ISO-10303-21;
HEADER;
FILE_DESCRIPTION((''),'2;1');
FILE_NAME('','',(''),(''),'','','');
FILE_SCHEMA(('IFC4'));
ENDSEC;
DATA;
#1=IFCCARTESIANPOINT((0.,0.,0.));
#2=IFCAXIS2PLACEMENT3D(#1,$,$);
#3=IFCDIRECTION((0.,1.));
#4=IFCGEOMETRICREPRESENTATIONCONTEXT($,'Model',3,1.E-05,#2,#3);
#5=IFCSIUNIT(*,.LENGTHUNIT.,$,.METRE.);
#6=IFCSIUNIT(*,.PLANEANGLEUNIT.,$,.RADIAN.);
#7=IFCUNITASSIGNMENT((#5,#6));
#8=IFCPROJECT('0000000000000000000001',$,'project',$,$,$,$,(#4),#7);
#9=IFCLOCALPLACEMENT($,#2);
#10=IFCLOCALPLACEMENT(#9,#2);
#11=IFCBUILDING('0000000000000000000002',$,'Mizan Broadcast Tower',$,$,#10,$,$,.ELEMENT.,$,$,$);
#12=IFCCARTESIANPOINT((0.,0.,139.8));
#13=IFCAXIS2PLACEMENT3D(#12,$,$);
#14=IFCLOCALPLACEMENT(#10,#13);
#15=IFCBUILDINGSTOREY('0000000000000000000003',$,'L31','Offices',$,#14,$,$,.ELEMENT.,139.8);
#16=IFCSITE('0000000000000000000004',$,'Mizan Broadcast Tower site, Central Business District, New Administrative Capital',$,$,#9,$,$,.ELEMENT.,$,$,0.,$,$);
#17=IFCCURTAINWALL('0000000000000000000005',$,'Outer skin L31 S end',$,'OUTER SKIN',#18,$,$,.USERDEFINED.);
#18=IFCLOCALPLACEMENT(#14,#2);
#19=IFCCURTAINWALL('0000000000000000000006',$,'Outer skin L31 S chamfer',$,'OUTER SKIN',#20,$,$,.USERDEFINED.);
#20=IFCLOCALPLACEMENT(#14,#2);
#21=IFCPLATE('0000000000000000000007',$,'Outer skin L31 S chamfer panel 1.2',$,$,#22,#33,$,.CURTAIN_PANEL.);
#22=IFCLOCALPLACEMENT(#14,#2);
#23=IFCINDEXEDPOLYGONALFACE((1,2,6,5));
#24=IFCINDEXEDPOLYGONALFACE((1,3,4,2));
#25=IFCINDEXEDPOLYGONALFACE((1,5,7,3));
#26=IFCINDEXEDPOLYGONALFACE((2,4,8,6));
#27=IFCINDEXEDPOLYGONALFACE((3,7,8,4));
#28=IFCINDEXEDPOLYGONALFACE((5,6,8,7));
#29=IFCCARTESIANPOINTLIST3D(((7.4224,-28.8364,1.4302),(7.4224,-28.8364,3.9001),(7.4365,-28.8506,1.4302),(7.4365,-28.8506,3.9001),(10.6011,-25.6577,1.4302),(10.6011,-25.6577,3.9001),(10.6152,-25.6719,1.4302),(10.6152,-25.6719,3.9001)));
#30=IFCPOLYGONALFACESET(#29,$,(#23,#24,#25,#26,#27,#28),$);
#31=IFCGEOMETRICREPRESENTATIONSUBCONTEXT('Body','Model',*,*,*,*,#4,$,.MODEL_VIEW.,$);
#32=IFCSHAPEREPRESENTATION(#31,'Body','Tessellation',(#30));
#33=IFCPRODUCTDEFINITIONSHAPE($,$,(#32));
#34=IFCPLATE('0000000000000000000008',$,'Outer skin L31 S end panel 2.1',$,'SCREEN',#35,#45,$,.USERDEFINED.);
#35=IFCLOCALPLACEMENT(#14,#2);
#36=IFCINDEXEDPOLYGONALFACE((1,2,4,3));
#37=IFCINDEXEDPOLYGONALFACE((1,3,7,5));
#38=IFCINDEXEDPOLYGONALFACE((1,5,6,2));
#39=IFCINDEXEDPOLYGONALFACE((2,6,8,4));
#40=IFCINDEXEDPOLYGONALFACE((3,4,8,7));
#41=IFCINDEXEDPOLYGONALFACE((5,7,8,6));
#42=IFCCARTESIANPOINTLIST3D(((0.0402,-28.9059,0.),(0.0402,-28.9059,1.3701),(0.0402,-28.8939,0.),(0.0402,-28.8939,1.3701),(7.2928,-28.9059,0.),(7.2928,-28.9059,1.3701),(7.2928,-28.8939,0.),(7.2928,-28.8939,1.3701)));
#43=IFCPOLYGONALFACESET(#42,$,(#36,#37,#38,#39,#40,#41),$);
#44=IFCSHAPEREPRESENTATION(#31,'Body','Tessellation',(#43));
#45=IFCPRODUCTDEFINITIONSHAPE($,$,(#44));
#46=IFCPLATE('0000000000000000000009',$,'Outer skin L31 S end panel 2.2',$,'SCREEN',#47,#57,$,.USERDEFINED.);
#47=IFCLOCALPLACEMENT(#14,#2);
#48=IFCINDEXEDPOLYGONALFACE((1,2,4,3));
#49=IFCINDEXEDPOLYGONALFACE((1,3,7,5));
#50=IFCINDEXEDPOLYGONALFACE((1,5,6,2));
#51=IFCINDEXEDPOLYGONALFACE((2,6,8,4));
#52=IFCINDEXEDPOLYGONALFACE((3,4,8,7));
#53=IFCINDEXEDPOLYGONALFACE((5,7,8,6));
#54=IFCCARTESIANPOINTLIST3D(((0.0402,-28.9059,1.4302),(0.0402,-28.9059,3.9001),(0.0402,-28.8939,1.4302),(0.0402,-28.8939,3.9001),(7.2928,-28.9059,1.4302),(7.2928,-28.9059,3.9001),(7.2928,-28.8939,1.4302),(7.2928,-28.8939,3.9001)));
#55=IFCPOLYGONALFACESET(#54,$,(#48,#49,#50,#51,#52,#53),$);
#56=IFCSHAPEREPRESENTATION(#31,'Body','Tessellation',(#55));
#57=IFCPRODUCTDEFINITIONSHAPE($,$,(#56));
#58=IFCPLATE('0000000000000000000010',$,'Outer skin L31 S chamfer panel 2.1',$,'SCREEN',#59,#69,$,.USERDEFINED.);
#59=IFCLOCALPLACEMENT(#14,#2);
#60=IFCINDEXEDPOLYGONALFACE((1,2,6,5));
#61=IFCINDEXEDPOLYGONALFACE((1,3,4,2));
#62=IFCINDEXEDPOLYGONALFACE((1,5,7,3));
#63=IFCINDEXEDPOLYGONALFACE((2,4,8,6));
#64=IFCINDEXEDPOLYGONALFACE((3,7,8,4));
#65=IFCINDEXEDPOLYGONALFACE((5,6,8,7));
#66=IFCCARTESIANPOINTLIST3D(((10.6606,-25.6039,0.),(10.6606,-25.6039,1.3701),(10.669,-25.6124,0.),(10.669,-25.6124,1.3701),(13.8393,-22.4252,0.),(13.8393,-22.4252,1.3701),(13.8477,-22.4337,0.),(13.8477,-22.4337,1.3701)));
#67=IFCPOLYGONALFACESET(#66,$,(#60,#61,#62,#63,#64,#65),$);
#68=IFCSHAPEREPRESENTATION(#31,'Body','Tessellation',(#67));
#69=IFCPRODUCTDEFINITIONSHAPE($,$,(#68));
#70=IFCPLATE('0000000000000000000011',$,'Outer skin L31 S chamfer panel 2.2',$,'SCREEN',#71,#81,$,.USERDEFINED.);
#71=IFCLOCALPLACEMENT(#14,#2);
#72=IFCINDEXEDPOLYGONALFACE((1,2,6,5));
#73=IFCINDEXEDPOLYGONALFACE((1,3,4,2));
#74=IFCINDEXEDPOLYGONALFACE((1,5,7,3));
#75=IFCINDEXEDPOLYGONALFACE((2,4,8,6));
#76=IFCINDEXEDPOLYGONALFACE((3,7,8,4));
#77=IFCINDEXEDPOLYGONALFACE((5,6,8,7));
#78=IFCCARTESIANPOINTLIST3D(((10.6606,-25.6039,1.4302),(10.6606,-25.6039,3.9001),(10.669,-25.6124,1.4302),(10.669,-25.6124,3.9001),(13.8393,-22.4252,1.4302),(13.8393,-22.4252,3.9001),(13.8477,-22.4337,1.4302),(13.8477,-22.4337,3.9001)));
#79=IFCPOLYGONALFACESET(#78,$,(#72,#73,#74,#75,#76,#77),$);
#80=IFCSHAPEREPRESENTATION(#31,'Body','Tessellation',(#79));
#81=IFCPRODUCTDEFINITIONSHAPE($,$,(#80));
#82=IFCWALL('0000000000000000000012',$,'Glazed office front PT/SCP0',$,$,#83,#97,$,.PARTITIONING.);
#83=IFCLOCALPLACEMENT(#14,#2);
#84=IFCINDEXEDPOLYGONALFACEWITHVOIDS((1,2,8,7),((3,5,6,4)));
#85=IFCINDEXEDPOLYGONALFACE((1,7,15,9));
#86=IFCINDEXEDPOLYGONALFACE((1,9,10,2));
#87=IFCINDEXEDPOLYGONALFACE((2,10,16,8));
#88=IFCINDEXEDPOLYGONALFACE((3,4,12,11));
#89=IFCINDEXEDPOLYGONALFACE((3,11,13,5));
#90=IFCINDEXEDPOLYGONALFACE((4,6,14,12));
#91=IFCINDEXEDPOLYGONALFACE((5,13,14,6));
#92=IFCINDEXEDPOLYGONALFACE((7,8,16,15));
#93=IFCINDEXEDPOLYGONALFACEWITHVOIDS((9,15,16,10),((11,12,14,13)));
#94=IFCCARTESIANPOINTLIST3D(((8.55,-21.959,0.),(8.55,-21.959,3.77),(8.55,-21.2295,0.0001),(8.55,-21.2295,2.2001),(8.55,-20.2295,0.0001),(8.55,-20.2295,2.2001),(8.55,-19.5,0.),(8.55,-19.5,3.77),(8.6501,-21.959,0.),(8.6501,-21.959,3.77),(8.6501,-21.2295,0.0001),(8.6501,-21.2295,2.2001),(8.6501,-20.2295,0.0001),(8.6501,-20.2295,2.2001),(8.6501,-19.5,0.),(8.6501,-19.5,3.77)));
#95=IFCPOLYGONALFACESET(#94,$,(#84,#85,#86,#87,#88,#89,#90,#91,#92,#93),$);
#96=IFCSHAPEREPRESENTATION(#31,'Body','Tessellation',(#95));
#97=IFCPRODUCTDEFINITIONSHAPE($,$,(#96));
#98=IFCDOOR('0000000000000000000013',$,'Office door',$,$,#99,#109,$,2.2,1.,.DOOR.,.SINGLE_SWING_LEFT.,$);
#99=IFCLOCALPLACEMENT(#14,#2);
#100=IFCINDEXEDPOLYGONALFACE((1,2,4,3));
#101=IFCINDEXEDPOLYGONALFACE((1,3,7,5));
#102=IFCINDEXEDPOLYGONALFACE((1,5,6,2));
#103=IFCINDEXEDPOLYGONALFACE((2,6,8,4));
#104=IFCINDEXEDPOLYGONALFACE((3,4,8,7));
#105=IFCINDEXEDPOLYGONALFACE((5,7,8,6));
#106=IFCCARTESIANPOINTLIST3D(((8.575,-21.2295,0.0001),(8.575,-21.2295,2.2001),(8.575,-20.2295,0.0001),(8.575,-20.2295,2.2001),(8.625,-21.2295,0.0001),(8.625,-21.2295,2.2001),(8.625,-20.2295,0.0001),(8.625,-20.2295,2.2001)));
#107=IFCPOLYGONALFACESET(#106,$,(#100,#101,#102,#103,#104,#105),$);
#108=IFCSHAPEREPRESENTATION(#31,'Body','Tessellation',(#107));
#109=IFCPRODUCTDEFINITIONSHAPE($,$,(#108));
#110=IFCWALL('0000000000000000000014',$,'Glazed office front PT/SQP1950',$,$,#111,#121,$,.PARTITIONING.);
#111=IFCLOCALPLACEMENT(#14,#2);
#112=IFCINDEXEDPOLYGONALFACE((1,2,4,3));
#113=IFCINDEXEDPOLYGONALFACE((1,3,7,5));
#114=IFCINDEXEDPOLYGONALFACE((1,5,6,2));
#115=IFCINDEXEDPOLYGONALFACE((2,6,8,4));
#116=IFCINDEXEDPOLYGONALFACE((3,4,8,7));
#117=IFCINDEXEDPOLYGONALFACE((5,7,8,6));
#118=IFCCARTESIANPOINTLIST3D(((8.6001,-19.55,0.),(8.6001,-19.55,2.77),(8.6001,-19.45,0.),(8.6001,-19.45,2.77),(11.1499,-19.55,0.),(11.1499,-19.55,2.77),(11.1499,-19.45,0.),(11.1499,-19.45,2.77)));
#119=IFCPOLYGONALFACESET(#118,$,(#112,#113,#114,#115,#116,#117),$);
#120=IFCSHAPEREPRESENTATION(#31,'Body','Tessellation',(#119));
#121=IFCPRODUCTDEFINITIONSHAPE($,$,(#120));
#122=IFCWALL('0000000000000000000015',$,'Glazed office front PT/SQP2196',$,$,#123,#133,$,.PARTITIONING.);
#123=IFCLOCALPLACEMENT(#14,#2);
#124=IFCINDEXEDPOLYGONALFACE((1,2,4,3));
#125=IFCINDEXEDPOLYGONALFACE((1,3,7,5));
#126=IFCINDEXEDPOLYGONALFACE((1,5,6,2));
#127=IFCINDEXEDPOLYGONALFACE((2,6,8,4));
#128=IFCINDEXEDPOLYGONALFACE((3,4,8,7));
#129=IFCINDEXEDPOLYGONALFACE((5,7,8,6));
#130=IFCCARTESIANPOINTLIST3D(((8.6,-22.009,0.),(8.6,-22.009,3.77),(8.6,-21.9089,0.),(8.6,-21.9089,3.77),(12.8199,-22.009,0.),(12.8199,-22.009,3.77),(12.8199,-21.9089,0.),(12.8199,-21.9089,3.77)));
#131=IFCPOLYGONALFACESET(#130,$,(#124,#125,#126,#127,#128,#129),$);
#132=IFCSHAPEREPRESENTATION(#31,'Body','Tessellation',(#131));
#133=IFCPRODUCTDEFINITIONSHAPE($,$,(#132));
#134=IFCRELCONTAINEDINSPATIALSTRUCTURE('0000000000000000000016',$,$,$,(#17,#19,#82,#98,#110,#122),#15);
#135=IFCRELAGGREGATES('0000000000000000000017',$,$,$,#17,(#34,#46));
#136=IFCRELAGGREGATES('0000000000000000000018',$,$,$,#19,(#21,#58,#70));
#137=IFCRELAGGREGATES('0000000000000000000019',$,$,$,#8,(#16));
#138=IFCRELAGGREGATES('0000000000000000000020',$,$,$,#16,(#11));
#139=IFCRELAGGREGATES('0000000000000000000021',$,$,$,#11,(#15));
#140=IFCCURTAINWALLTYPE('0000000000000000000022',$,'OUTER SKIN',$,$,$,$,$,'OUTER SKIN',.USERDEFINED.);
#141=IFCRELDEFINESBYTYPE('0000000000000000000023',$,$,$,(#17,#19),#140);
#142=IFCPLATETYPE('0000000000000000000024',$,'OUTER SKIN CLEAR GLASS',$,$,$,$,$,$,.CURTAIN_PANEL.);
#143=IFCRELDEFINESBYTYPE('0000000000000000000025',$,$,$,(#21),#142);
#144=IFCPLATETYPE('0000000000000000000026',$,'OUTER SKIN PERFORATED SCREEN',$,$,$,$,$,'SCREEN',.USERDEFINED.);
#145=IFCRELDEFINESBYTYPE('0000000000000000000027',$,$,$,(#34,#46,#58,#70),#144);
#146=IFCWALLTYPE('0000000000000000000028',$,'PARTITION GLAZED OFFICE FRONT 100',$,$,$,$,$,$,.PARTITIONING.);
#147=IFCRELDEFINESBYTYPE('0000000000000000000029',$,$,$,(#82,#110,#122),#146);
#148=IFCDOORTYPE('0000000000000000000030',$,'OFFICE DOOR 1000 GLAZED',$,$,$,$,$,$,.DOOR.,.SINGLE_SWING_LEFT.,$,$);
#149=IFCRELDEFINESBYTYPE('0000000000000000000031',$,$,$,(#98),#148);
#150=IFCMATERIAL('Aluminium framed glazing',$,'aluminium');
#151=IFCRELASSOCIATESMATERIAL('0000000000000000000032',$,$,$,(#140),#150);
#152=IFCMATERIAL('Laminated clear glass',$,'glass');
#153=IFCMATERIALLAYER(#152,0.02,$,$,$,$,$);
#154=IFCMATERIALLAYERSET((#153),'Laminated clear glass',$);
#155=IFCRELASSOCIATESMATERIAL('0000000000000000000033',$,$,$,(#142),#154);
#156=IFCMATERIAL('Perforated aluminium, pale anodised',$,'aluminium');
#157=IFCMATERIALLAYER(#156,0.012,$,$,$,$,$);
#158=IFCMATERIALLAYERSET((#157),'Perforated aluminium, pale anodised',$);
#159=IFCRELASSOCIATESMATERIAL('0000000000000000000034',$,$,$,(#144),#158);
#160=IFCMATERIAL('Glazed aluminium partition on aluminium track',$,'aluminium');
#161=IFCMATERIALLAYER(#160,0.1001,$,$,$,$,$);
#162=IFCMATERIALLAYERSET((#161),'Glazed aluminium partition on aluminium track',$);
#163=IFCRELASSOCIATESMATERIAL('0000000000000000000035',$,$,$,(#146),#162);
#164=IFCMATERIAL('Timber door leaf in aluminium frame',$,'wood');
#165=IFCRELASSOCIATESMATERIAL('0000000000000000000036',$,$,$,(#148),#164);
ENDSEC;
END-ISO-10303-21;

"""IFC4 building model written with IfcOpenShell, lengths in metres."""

from ifc_helpers import new_model, si_unit, direction, frame, frame_2d, origin, origin_2d, place, context, subcontext, project, spatial, rectangle, extrude, material, layer, layer_set, type_object, element, fill, aggregate, save


model = new_model("IFC4")

# Units and contexts
model_context = context("Model", 3, precision=1e-05, world=origin(), true_north=direction((0.0, 1.0)))
body_context = subcontext(model_context, "Body", "Model", "MODEL_VIEW")
ifc_project = project(units=[si_unit("LENGTHUNIT", "METRE"), si_unit("PLANEANGLEUNIT", "RADIAN")], contexts=[model_context])

# Site, building, storey
site_placement = place(None, origin())
site = spatial("IfcSite", under=ifc_project, at=site_placement, Name="Mizan Broadcast Tower site, Central Business District, New Administrative Capital", CompositionType="ELEMENT", RefElevation=0.0)
building_placement = place(site_placement, origin())
building = spatial("IfcBuilding", under=site, at=building_placement, Name="Mizan Broadcast Tower", CompositionType="ELEMENT")
storey_placement = place(building_placement, frame((0.0, 0.0, 139.8)))
storey = spatial("IfcBuildingStorey", under=building, at=storey_placement, Name="L31", Description="Offices", CompositionType="ELEMENT", Elevation=139.8)

# Curtain wall
ifc_material_1 = material(Name="Aluminium framed glazing", Category="aluminium")
curtain_wall_type_1 = type_object("IfcCurtainWallType", Name="OUTER SKIN", ElementType="OUTER SKIN", PredefinedType="USERDEFINED", material=ifc_material_1)
curtain_wall_1_placement = place(storey_placement, origin())
curtain_wall_1 = element("IfcCurtainWall", 1, at=curtain_wall_1_placement, inside=storey, type_object=curtain_wall_type_1, Name="Outer skin L31 S end", ObjectType="OUTER SKIN", PredefinedType="USERDEFINED")

# Curtain wall
curtain_wall_2_placement = place(storey_placement, origin())
curtain_wall_2 = element("IfcCurtainWall", 2, at=curtain_wall_2_placement, inside=storey, type_object=curtain_wall_type_1, Name="Outer skin L31 S chamfer", ObjectType="OUTER SKIN", PredefinedType="USERDEFINED")

# Plates
ifc_material_2 = material(Name="Laminated clear glass", Category="glass")
ifc_layer_1 = layer(ifc_material_2, 0.02)
ifc_layer_set_1 = layer_set([ifc_layer_1], Name="Laminated clear glass")
plate_type_1 = type_object("IfcPlateType", Name="OUTER SKIN CLEAR GLASS", PredefinedType="CURTAIN_PANEL", material=ifc_layer_set_1)
plate_1_placement = place(storey_placement, frame((9.0188, -27.2542, 1.4302), z_axis=(0.0, 0.0, 1.0), x_axis=(0.707107, 0.707107, 0.0)))
plate_1 = element("IfcPlate", 3, at=plate_1_placement, type_object=plate_type_1, Name="Outer skin L31 S chamfer panel 1.2", PredefinedType="CURTAIN_PANEL", context=body_context, shape_type="SweptSolid", body=[
    extrude(rectangle(XDim=4.4954, YDim=0.02, at=origin_2d()), origin(), (0.0, 0.0, 1.0), 2.47),
])
ifc_material_3 = material(Name="Perforated aluminium, pale anodised", Category="aluminium")
ifc_layer_2 = layer(ifc_material_3, 0.012)
ifc_layer_set_2 = layer_set([ifc_layer_2], Name="Perforated aluminium, pale anodised")
plate_type_2 = type_object("IfcPlateType", Name="OUTER SKIN PERFORATED SCREEN", ElementType="SCREEN", PredefinedType="USERDEFINED", material=ifc_layer_set_2)
plate_2_placement = place(storey_placement, frame((3.6665, -28.8999, 0.0), z_axis=(0.0, 0.0, 1.0), x_axis=(1.0, 0.0, 0.0)))
plate_2 = element("IfcPlate", 4, at=plate_2_placement, type_object=plate_type_2, Name="Outer skin L31 S end panel 2.1", ObjectType="SCREEN", PredefinedType="USERDEFINED", context=body_context, shape_type="SweptSolid", body=[
    extrude(rectangle(XDim=7.2527, YDim=0.012, at=origin_2d()), origin(), (0.0, 0.0, 1.0), 1.3701),
])
plate_3_placement = place(storey_placement, frame((3.6665, -28.8999, 1.4302), z_axis=(0.0, 0.0, 1.0), x_axis=(1.0, 0.0, 0.0)))
plate_3 = element("IfcPlate", 5, at=plate_3_placement, type_object=plate_type_2, Name="Outer skin L31 S end panel 2.2", ObjectType="SCREEN", PredefinedType="USERDEFINED", context=body_context, shape_type="SweptSolid", body=[
    extrude(rectangle(XDim=7.2527, YDim=0.012, at=origin_2d()), origin(), (0.0, 0.0, 1.0), 2.47),
])
aggregate(curtain_wall_1, [plate_2, plate_3])
plate_4_placement = place(storey_placement, frame((12.2542, -24.0188, 0.0), z_axis=(0.0, 0.0, 1.0), x_axis=(0.707107, 0.707107, 0.0)))
plate_4 = element("IfcPlate", 6, at=plate_4_placement, type_object=plate_type_2, Name="Outer skin L31 S chamfer panel 2.1", ObjectType="SCREEN", PredefinedType="USERDEFINED", context=body_context, shape_type="SweptSolid", body=[
    extrude(rectangle(XDim=4.4954, YDim=0.012, at=origin_2d()), origin(), (0.0, 0.0, 1.0), 1.3701),
])
plate_5_placement = place(storey_placement, frame((12.2542, -24.0188, 1.4302), z_axis=(0.0, 0.0, 1.0), x_axis=(0.707107, 0.707107, 0.0)))
plate_5 = element("IfcPlate", 7, at=plate_5_placement, type_object=plate_type_2, Name="Outer skin L31 S chamfer panel 2.2", ObjectType="SCREEN", PredefinedType="USERDEFINED", context=body_context, shape_type="SweptSolid", body=[
    extrude(rectangle(XDim=4.4954, YDim=0.012, at=origin_2d()), origin(), (0.0, 0.0, 1.0), 2.47),
])
aggregate(curtain_wall_2, [plate_1, plate_4, plate_5])

# Wall, opening, door
ifc_material_4 = material(Name="Glazed aluminium partition on aluminium track", Category="aluminium")
ifc_layer_3 = layer(ifc_material_4, 0.1001)
ifc_layer_set_3 = layer_set([ifc_layer_3], Name="Glazed aluminium partition on aluminium track")
wall_type = type_object("IfcWallType", Name="PARTITION GLAZED OFFICE FRONT 100", PredefinedType="PARTITIONING", material=ifc_layer_set_3)
wall_1_placement = place(storey_placement, frame((8.6001, -19.5, 0.0), z_axis=(0.0, 0.0, 1.0), x_axis=(0.0, -1.0, 0.0)))
wall_1 = element("IfcWall", 8, at=wall_1_placement, inside=storey, type_object=wall_type, Name="Glazed office front PT/SCP0", PredefinedType="PARTITIONING", context=body_context, shape_type="SweptSolid", body=[
    extrude(rectangle(XDim=2.459, YDim=0.1001, at=frame_2d((1.2295, 0.0))), origin(), (0.0, 0.0, 1.0), 3.77),
])
opening_placement = place(wall_1_placement, frame((0.7295, 0.0, 0.0)))
opening = element("IfcOpeningElement", 9, at=opening_placement, cuts=wall_1, PredefinedType="OPENING", context=body_context, shape_type="SweptSolid", body=[
    extrude(rectangle(XDim=1.0, YDim=2.2, at=frame_2d((0.5, 1.1001))), frame((0.0, 0.0601, 0.0), z_axis=(0.0, -1.0, 0.0), x_axis=(1.0, 0.0, 0.0)), (0.0, 0.0, 1.0), 0.1201),
])
ifc_material_5 = material(Name="Timber door leaf in aluminium frame", Category="wood")
door_type = type_object("IfcDoorType", Name="OFFICE DOOR 1000 GLAZED", OperationType="SINGLE_SWING_LEFT", PredefinedType="DOOR", material=ifc_material_5)
door_placement = place(opening_placement, origin())
door = element("IfcDoor", 10, at=door_placement, inside=storey, type_object=door_type, Name="Office door", OperationType="SINGLE_SWING_LEFT", OverallHeight=2.2, OverallWidth=1.0, PredefinedType="DOOR", context=body_context, shape_type="SweptSolid", body=[
    extrude(rectangle(XDim=1.0, YDim=2.2, at=frame_2d((0.5, 1.1001))), frame((0.0, 0.0249, 0.0), z_axis=(0.0, -1.0, 0.0), x_axis=(1.0, 0.0, 0.0)), (0.0, 0.0, 1.0), 0.05),
])
fill(opening, door)

# Walls
wall_2_placement = place(storey_placement, frame((8.6001, -19.5, 0.0), z_axis=(0.0, 0.0, 1.0), x_axis=(1.0, 0.0, 0.0)))
element("IfcWall", 11, at=wall_2_placement, inside=storey, type_object=wall_type, Name="Glazed office front PT/SQP1950", PredefinedType="PARTITIONING", context=body_context, shape_type="SweptSolid", body=[
    extrude(rectangle(XDim=2.5498, YDim=0.1001, at=frame_2d((1.2749, 0.0))), origin(), (0.0, 0.0, 1.0), 2.77),
])
wall_3_placement = place(storey_placement, frame((8.6001, -21.959, 0.0), z_axis=(0.0, 0.0, 1.0), x_axis=(1.0, 0.0, 0.0)))
element("IfcWall", 12, at=wall_3_placement, inside=storey, type_object=wall_type, Name="Glazed office front PT/SQP2196", PredefinedType="PARTITIONING", context=body_context, shape_type="SweptSolid", body=[
    extrude(rectangle(XDim=4.22, YDim=0.1001, at=frame_2d((2.1099, 0.0))), origin(), (0.0, 0.0, 1.0), 3.77),
])

save(model, "model.ifc")
